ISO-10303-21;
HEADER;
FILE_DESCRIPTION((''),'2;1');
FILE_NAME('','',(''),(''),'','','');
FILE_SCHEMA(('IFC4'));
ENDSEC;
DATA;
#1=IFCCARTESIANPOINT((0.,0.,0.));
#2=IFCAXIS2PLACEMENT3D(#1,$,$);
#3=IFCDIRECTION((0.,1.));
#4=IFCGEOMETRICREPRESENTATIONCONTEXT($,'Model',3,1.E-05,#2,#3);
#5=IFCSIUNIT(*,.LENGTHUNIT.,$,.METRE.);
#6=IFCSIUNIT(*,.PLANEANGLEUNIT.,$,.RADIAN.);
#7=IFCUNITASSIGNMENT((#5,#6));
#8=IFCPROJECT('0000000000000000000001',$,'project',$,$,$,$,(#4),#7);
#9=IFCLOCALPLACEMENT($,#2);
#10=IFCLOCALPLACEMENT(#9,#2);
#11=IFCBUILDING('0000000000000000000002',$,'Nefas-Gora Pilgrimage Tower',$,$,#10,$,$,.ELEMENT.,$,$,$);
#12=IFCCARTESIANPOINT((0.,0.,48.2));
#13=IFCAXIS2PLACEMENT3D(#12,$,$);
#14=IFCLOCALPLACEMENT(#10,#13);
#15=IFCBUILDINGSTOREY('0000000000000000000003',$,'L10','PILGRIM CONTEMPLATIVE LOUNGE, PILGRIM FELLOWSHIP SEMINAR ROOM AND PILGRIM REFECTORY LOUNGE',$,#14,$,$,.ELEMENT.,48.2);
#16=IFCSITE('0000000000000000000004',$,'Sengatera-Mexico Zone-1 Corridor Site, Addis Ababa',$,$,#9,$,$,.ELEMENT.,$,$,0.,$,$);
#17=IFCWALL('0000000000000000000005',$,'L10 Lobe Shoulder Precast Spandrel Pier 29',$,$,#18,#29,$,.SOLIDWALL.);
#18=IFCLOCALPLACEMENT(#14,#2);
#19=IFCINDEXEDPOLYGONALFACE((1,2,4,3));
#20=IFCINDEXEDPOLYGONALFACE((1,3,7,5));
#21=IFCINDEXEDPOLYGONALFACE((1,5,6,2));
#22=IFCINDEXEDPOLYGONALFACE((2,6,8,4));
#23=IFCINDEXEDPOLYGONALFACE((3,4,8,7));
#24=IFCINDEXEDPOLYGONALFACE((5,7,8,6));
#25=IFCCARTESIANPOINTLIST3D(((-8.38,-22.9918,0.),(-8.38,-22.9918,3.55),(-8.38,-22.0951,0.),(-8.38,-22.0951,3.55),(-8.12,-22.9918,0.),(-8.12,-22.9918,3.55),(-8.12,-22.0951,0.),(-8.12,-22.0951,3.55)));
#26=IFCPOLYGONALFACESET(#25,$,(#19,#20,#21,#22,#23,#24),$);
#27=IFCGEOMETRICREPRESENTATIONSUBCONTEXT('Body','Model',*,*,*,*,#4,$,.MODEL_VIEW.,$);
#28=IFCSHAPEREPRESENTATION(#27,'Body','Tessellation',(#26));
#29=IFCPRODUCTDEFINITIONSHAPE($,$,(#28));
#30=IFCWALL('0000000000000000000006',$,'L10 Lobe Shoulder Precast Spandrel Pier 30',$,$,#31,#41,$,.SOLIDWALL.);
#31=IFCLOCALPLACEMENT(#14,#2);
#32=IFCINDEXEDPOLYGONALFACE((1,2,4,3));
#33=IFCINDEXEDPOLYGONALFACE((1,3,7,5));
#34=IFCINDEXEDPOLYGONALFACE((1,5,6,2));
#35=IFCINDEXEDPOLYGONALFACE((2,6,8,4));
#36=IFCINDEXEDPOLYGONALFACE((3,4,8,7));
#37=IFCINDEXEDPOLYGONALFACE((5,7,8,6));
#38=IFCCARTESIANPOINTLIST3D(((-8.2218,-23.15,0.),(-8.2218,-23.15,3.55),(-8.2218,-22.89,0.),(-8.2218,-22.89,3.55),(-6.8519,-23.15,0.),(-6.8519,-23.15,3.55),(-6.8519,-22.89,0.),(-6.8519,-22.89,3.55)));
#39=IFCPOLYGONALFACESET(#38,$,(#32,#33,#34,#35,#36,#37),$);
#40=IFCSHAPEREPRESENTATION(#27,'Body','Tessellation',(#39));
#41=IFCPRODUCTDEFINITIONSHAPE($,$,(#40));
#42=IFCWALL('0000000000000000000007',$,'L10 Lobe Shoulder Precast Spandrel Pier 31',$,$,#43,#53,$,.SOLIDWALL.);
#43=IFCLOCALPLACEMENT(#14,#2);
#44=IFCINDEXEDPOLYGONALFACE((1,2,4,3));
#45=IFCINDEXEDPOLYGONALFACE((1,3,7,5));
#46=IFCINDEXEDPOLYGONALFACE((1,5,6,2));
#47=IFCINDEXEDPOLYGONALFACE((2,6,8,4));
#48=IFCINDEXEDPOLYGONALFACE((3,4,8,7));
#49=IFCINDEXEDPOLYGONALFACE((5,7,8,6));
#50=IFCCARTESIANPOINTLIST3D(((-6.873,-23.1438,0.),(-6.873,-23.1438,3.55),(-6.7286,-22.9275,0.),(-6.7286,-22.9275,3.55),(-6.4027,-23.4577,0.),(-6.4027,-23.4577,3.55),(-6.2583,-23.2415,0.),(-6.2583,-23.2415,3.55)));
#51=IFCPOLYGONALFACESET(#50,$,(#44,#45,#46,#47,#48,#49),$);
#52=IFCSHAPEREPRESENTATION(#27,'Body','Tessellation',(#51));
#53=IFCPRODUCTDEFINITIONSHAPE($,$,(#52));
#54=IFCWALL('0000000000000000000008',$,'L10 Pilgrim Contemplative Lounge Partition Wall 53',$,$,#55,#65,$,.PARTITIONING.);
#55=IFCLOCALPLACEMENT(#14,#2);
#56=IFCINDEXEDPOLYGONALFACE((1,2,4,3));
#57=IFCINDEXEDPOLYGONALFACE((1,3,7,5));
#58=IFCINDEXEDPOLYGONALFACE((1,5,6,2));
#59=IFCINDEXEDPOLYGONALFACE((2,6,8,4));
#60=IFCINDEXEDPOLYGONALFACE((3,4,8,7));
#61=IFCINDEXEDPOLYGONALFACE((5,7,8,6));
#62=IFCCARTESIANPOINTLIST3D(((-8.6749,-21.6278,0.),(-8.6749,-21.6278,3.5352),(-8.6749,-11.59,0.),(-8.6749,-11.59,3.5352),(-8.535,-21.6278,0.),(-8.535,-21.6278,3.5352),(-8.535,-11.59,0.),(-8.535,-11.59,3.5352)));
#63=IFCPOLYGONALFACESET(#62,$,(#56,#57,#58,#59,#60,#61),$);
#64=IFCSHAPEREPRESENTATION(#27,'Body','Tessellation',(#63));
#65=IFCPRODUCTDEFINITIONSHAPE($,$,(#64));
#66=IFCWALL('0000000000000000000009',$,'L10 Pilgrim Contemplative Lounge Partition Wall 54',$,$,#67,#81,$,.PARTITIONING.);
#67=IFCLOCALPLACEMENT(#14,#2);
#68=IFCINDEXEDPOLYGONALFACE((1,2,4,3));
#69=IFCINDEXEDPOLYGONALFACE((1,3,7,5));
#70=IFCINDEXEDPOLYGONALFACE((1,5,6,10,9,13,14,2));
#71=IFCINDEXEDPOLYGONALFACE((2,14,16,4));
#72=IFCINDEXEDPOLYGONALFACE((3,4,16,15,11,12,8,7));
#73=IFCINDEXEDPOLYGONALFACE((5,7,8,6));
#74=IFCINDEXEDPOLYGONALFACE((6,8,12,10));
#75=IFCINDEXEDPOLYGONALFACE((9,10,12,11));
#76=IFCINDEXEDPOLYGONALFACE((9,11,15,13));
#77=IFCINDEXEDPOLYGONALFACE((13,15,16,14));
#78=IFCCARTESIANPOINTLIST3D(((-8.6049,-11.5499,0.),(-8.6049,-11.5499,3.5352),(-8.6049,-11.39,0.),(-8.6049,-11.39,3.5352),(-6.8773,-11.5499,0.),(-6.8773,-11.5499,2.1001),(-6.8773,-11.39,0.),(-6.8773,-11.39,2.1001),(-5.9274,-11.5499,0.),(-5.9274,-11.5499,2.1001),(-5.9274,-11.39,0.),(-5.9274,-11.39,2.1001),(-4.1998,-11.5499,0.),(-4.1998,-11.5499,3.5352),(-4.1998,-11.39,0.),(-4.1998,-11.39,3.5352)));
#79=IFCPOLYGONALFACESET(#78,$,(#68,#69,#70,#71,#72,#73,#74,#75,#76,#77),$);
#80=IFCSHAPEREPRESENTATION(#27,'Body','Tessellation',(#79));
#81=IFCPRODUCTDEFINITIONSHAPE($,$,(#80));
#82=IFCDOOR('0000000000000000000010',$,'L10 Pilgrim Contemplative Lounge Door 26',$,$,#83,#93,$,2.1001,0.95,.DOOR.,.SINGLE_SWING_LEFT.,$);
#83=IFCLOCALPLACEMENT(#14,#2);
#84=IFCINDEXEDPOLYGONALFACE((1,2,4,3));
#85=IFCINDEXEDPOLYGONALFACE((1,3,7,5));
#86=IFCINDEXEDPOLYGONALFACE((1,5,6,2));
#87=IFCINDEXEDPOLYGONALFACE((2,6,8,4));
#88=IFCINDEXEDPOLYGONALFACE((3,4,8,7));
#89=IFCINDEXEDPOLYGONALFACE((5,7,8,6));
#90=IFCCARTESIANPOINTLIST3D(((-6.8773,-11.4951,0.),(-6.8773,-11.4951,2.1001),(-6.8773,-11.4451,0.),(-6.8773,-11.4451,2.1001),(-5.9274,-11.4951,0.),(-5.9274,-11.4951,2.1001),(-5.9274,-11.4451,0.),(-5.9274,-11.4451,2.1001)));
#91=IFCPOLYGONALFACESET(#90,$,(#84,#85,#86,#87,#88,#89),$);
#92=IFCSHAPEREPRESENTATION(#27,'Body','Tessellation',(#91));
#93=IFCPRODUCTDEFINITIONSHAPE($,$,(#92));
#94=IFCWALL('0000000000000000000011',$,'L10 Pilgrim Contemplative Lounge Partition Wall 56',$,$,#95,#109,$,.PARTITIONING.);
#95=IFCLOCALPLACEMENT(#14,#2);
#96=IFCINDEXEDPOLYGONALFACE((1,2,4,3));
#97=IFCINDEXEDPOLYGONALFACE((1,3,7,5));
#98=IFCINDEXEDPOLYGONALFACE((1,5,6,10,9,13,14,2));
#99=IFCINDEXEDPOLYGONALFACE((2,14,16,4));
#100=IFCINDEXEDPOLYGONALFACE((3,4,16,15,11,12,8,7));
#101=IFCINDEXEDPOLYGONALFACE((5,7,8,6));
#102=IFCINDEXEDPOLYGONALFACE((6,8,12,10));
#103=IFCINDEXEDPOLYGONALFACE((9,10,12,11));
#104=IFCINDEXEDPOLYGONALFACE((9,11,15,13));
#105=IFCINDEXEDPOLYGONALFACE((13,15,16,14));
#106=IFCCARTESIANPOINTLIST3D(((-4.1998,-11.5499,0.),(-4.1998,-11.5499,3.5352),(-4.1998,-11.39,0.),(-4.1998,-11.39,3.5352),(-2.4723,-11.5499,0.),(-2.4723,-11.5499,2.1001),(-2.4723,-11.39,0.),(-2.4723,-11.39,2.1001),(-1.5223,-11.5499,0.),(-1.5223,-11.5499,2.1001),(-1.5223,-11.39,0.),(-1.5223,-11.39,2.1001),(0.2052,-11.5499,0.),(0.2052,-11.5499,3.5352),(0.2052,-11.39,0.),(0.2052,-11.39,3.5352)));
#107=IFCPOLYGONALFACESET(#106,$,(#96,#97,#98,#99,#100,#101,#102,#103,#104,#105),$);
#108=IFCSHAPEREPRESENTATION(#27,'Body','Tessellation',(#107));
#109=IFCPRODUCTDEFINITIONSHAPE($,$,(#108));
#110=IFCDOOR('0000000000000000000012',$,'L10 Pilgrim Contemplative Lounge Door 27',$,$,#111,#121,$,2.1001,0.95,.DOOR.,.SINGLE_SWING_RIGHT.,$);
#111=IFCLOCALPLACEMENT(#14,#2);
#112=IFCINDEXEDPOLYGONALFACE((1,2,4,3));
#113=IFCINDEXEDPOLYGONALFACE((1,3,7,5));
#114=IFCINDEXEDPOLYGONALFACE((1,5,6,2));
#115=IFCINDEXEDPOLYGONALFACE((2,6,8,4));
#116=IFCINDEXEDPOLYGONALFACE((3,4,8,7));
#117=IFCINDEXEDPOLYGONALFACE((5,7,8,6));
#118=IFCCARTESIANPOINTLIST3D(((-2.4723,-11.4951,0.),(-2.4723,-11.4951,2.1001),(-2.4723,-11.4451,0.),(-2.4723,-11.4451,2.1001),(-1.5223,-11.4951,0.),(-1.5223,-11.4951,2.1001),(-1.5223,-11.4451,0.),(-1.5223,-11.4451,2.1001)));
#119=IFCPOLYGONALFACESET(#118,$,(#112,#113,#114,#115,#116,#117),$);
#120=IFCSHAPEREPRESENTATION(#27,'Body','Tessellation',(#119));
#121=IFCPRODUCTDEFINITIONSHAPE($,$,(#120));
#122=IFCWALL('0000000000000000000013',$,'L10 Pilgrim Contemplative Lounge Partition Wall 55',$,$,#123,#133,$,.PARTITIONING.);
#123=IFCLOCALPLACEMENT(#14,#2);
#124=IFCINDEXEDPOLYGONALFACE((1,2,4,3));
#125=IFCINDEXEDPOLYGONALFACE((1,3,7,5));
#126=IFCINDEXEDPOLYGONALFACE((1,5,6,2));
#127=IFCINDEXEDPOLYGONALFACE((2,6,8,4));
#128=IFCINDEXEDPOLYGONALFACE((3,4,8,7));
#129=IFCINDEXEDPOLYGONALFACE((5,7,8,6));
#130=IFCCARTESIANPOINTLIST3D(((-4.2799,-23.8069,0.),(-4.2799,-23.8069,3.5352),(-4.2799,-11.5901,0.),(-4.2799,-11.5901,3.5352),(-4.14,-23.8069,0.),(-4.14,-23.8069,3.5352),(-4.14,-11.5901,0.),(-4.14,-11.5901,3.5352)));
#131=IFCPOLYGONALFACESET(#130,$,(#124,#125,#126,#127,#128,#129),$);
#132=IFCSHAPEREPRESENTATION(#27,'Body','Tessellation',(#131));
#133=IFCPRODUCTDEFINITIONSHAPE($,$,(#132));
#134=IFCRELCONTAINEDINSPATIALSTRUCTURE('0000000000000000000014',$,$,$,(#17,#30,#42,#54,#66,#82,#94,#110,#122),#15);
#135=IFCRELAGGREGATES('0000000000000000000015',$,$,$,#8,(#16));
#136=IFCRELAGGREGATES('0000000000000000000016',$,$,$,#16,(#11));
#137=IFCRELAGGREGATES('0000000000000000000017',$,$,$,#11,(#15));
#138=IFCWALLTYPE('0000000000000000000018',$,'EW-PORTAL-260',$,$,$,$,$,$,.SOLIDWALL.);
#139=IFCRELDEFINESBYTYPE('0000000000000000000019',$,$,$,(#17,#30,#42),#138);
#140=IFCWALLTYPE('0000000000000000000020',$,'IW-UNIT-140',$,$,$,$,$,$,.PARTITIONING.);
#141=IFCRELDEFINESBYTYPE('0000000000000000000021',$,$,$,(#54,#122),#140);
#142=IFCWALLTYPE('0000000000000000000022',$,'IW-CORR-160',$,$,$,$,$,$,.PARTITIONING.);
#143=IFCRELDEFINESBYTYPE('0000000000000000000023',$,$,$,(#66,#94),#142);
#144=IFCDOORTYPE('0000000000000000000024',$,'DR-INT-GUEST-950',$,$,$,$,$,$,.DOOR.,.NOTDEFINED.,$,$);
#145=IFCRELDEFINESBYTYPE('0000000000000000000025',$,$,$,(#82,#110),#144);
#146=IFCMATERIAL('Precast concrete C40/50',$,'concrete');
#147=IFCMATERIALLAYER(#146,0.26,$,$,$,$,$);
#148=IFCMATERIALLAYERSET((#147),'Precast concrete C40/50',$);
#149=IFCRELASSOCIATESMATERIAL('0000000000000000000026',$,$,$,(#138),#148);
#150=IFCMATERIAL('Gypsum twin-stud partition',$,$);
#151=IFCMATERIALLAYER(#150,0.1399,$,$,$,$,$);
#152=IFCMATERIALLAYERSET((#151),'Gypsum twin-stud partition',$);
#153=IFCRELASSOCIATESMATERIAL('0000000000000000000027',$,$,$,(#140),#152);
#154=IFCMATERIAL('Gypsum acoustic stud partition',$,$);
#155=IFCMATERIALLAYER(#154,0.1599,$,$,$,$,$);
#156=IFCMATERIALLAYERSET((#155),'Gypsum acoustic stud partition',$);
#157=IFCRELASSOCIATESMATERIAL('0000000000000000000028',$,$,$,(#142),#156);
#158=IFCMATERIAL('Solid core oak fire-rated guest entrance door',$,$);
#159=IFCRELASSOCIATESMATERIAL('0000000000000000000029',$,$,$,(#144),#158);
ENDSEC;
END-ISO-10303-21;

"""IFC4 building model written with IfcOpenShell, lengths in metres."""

from ifc_helpers import new_model, si_unit, direction, frame, frame_2d, origin, place, context, subcontext, project, spatial, rectangle, extrude, source, transform, mapped, material, layer, layer_set, type_object, element, fill, save


model = new_model("IFC4")

# Units and contexts
model_context = context("Model", 3, precision=1e-05, world=origin(), true_north=direction((0.0, 1.0)))
body_context = subcontext(model_context, "Body", "Model", "MODEL_VIEW")
ifc_project = project(units=[si_unit("LENGTHUNIT", "METRE"), si_unit("PLANEANGLEUNIT", "RADIAN")], contexts=[model_context])

# Site, building, storey
site_placement = place(None, origin())
site = spatial("IfcSite", under=ifc_project, at=site_placement, Name="Sengatera-Mexico Zone-1 Corridor Site, Addis Ababa", CompositionType="ELEMENT", RefElevation=0.0)
building_placement = place(site_placement, origin())
building = spatial("IfcBuilding", under=site, at=building_placement, Name="Nefas-Gora Pilgrimage Tower", CompositionType="ELEMENT")
storey_placement = place(building_placement, frame((0.0, 0.0, 48.2)))
storey = spatial("IfcBuildingStorey", under=building, at=storey_placement, Name="L10", Description="PILGRIM CONTEMPLATIVE LOUNGE, PILGRIM FELLOWSHIP SEMINAR ROOM AND PILGRIM REFECTORY LOUNGE", CompositionType="ELEMENT", Elevation=48.2)

# Walls
ifc_material_1 = material(Name="Precast concrete C40/50", Category="concrete")
ifc_layer_1 = layer(ifc_material_1, 0.26)
ifc_layer_set_1 = layer_set([ifc_layer_1], Name="Precast concrete C40/50")
wall_type_1 = type_object("IfcWallType", Name="EW-PORTAL-260", PredefinedType="SOLIDWALL", material=ifc_layer_set_1)
shared_shape_1 = source(origin(), body_context, "Body", "SweptSolid", [
    extrude(rectangle(XDim=0.8967, YDim=0.26, at=frame_2d((0.4482, 0.0))), origin(), (0.0, 0.0, 1.0), 3.55),
])
wall_1_placement = place(storey_placement, frame((-8.25, -22.0952, 0.0), z_axis=(0.0, 0.0, 1.0), x_axis=(0.0, -1.0, 0.0)))
element("IfcWall", 1, at=wall_1_placement, inside=storey, type_object=wall_type_1, Name="L10 Lobe Shoulder Precast Spandrel Pier 29", PredefinedType="SOLIDWALL", context=body_context, shape_type="MappedRepresentation", body=[
    mapped(shared_shape_1, transform((0.0, 0.0, 0.0), x_axis=(1.0, 0.0, 0.0), y_axis=(0.0, 1.0, 0.0), z_axis=(0.0, 0.0, 1.0), scale=1.0)),
])
shared_shape_2 = source(origin(), body_context, "Body", "SweptSolid", [
    extrude(rectangle(XDim=1.3699, YDim=0.26, at=frame_2d((0.6851, 0.0))), origin(), (0.0, 0.0, 1.0), 3.55),
])
wall_2_placement = place(storey_placement, frame((-8.2219, -23.02, 0.0), z_axis=(0.0, 0.0, 1.0), x_axis=(1.0, 0.0, 0.0)))
element("IfcWall", 2, at=wall_2_placement, inside=storey, type_object=wall_type_1, Name="L10 Lobe Shoulder Precast Spandrel Pier 30", PredefinedType="SOLIDWALL", context=body_context, shape_type="MappedRepresentation", body=[
    mapped(shared_shape_2, transform((0.0, 0.0, 0.0), x_axis=(1.0, 0.0, 0.0), y_axis=(0.0, 1.0, 0.0), z_axis=(0.0, 0.0, 1.0), scale=1.0)),
])
shared_shape_3 = source(origin(), body_context, "Body", "SweptSolid", [
    extrude(rectangle(XDim=0.5654, YDim=0.26, at=frame_2d((0.2827, 0.0))), origin(), (0.0, 0.0, 1.0), 3.55),
])
wall_3_placement = place(storey_placement, frame((-6.8008, -23.0356, 0.0), z_axis=(0.0, 0.0, 1.0), x_axis=(0.831651, -0.555298, 0.0)))
element("IfcWall", 3, at=wall_3_placement, inside=storey, type_object=wall_type_1, Name="L10 Lobe Shoulder Precast Spandrel Pier 31", PredefinedType="SOLIDWALL", context=body_context, shape_type="MappedRepresentation", body=[
    mapped(shared_shape_3, transform((0.0, 0.0, 0.0), x_axis=(1.0, 0.0, 0.0), y_axis=(0.0, 1.0, 0.0), z_axis=(0.0, 0.0, 1.0), scale=1.0)),
])
ifc_material_2 = material(Name="Gypsum twin-stud partition")
ifc_layer_2 = layer(ifc_material_2, 0.1399)
ifc_layer_set_2 = layer_set([ifc_layer_2], Name="Gypsum twin-stud partition")
wall_type_2 = type_object("IfcWallType", Name="IW-UNIT-140", PredefinedType="PARTITIONING", material=ifc_layer_set_2)
shared_shape_4 = source(origin(), body_context, "Body", "SweptSolid", [
    extrude(rectangle(XDim=10.0378, YDim=0.1399, at=frame_2d((5.019, 0.0))), origin(), (0.0, 0.0, 1.0), 3.5352),
])
wall_4_placement = place(storey_placement, frame((-8.605, -21.6279, 0.0), z_axis=(0.0, 0.0, 1.0), x_axis=(0.0, 1.0, 0.0)))
element("IfcWall", 4, at=wall_4_placement, inside=storey, type_object=wall_type_2, Name="L10 Pilgrim Contemplative Lounge Partition Wall 53", PredefinedType="PARTITIONING", context=body_context, shape_type="MappedRepresentation", body=[
    mapped(shared_shape_4, transform((0.0, 0.0, 0.0), x_axis=(1.0, 0.0, 0.0), y_axis=(0.0, 1.0, 0.0), z_axis=(0.0, 0.0, 1.0), scale=1.0)),
])

# Walls, openings, doors
ifc_material_3 = material(Name="Gypsum acoustic stud partition")
ifc_layer_3 = layer(ifc_material_3, 0.1599)
ifc_layer_set_3 = layer_set([ifc_layer_3], Name="Gypsum acoustic stud partition")
wall_type_3 = type_object("IfcWallType", Name="IW-CORR-160", PredefinedType="PARTITIONING", material=ifc_layer_set_3)
shared_shape_5 = source(origin(), body_context, "Body", "SweptSolid", [
    extrude(rectangle(XDim=4.405, YDim=0.1599, at=frame_2d((2.2026, 0.0))), origin(), (0.0, 0.0, 1.0), 3.5352),
])
wall_5_placement = place(storey_placement, frame((-8.605, -11.47, 0.0), z_axis=(0.0, 0.0, 1.0), x_axis=(1.0, 0.0, 0.0)))
wall_5 = element("IfcWall", 5, at=wall_5_placement, inside=storey, type_object=wall_type_3, Name="L10 Pilgrim Contemplative Lounge Partition Wall 54", PredefinedType="PARTITIONING", context=body_context, shape_type="MappedRepresentation", body=[
    mapped(shared_shape_5, transform((0.0, 0.0, 0.0), x_axis=(1.0, 0.0, 0.0), y_axis=(0.0, 1.0, 0.0), z_axis=(0.0, 0.0, 1.0), scale=1.0)),
])
opening_1_placement = place(wall_5_placement, frame((1.7275, 0.0, 0.0)))
opening_1 = element("IfcOpeningElement", 6, at=opening_1_placement, cuts=wall_5, PredefinedType="OPENING", context=body_context, shape_type="SweptSolid", body=[
    extrude(rectangle(XDim=0.95, YDim=2.1001, at=frame_2d((0.4751, 1.05))), frame((0.0, 0.0898, 0.0), z_axis=(0.0, -1.0, 0.0), x_axis=(1.0, 0.0, 0.0)), (0.0, 0.0, 1.0), 0.1799),
])
ifc_material_4 = material(Name="Solid core oak fire-rated guest entrance door")
door_type = type_object("IfcDoorType", Name="DR-INT-GUEST-950", OperationType="NOTDEFINED", PredefinedType="DOOR", material=ifc_material_4)
shared_shape_6 = source(origin(), body_context, "Body", "SweptSolid", [
    extrude(rectangle(XDim=0.95, YDim=2.1001, at=frame_2d((0.4751, 1.05))), frame((0.0, 0.0249, 0.0), z_axis=(0.0, -1.0, 0.0), x_axis=(1.0, 0.0, 0.0)), (0.0, 0.0, 1.0), 0.05),
])
door_1_placement = place(opening_1_placement, origin())
door_1 = element("IfcDoor", 7, at=door_1_placement, inside=storey, type_object=door_type, Name="L10 Pilgrim Contemplative Lounge Door 26", OperationType="SINGLE_SWING_LEFT", OverallHeight=2.1001, OverallWidth=0.95, PredefinedType="DOOR", context=body_context, shape_type="MappedRepresentation", body=[
    mapped(shared_shape_6, transform((0.0, 0.0, 0.0), x_axis=(1.0, 0.0, 0.0), y_axis=(0.0, 1.0, 0.0), z_axis=(0.0, 0.0, 1.0), scale=1.0)),
])
fill(opening_1, door_1)
wall_6_placement = place(storey_placement, frame((-4.2, -11.47, 0.0), z_axis=(0.0, 0.0, 1.0), x_axis=(1.0, 0.0, 0.0)))
wall_6 = element("IfcWall", 8, at=wall_6_placement, inside=storey, type_object=wall_type_3, Name="L10 Pilgrim Contemplative Lounge Partition Wall 56", PredefinedType="PARTITIONING", context=body_context, shape_type="MappedRepresentation", body=[
    mapped(shared_shape_5, transform((0.0, 0.0, 0.0), x_axis=(1.0, 0.0, 0.0), y_axis=(0.0, 1.0, 0.0), z_axis=(0.0, 0.0, 1.0), scale=1.0)),
])
opening_2_placement = place(wall_6_placement, frame((1.7275, 0.0, 0.0)))
opening_2 = element("IfcOpeningElement", 9, at=opening_2_placement, cuts=wall_6, PredefinedType="OPENING", context=body_context, shape_type="SweptSolid", body=[
    extrude(rectangle(XDim=0.95, YDim=2.1001, at=frame_2d((0.4751, 1.05))), frame((0.0, 0.0898, 0.0), z_axis=(0.0, -1.0, 0.0), x_axis=(1.0, 0.0, 0.0)), (0.0, 0.0, 1.0), 0.1799),
])
door_2_placement = place(opening_2_placement, origin())
door_2 = element("IfcDoor", 10, at=door_2_placement, inside=storey, type_object=door_type, Name="L10 Pilgrim Contemplative Lounge Door 27", OperationType="SINGLE_SWING_RIGHT", OverallHeight=2.1001, OverallWidth=0.95, PredefinedType="DOOR", context=body_context, shape_type="MappedRepresentation", body=[
    mapped(shared_shape_6, transform((0.0, 0.0, 0.0), x_axis=(1.0, 0.0, 0.0), y_axis=(0.0, 1.0, 0.0), z_axis=(0.0, 0.0, 1.0), scale=1.0)),
])
fill(opening_2, door_2)

# Wall
shared_shape_7 = source(origin(), body_context, "Body", "SweptSolid", [
    extrude(rectangle(XDim=12.2168, YDim=0.1399, at=frame_2d((6.1084, 0.0))), origin(), (0.0, 0.0, 1.0), 3.5352),
])
wall_7_placement = place(storey_placement, frame((-4.21, -23.8069, 0.0), z_axis=(0.0, 0.0, 1.0), x_axis=(0.0, 1.0, 0.0)))
element("IfcWall", 11, at=wall_7_placement, inside=storey, type_object=wall_type_2, Name="L10 Pilgrim Contemplative Lounge Partition Wall 55", PredefinedType="PARTITIONING", context=body_context, shape_type="MappedRepresentation", body=[
    mapped(shared_shape_7, transform((0.0, 0.0, 0.0), x_axis=(1.0, 0.0, 0.0), y_axis=(0.0, 1.0, 0.0), z_axis=(0.0, 0.0, 1.0), scale=1.0)),
])

save(model, "model.ifc")
